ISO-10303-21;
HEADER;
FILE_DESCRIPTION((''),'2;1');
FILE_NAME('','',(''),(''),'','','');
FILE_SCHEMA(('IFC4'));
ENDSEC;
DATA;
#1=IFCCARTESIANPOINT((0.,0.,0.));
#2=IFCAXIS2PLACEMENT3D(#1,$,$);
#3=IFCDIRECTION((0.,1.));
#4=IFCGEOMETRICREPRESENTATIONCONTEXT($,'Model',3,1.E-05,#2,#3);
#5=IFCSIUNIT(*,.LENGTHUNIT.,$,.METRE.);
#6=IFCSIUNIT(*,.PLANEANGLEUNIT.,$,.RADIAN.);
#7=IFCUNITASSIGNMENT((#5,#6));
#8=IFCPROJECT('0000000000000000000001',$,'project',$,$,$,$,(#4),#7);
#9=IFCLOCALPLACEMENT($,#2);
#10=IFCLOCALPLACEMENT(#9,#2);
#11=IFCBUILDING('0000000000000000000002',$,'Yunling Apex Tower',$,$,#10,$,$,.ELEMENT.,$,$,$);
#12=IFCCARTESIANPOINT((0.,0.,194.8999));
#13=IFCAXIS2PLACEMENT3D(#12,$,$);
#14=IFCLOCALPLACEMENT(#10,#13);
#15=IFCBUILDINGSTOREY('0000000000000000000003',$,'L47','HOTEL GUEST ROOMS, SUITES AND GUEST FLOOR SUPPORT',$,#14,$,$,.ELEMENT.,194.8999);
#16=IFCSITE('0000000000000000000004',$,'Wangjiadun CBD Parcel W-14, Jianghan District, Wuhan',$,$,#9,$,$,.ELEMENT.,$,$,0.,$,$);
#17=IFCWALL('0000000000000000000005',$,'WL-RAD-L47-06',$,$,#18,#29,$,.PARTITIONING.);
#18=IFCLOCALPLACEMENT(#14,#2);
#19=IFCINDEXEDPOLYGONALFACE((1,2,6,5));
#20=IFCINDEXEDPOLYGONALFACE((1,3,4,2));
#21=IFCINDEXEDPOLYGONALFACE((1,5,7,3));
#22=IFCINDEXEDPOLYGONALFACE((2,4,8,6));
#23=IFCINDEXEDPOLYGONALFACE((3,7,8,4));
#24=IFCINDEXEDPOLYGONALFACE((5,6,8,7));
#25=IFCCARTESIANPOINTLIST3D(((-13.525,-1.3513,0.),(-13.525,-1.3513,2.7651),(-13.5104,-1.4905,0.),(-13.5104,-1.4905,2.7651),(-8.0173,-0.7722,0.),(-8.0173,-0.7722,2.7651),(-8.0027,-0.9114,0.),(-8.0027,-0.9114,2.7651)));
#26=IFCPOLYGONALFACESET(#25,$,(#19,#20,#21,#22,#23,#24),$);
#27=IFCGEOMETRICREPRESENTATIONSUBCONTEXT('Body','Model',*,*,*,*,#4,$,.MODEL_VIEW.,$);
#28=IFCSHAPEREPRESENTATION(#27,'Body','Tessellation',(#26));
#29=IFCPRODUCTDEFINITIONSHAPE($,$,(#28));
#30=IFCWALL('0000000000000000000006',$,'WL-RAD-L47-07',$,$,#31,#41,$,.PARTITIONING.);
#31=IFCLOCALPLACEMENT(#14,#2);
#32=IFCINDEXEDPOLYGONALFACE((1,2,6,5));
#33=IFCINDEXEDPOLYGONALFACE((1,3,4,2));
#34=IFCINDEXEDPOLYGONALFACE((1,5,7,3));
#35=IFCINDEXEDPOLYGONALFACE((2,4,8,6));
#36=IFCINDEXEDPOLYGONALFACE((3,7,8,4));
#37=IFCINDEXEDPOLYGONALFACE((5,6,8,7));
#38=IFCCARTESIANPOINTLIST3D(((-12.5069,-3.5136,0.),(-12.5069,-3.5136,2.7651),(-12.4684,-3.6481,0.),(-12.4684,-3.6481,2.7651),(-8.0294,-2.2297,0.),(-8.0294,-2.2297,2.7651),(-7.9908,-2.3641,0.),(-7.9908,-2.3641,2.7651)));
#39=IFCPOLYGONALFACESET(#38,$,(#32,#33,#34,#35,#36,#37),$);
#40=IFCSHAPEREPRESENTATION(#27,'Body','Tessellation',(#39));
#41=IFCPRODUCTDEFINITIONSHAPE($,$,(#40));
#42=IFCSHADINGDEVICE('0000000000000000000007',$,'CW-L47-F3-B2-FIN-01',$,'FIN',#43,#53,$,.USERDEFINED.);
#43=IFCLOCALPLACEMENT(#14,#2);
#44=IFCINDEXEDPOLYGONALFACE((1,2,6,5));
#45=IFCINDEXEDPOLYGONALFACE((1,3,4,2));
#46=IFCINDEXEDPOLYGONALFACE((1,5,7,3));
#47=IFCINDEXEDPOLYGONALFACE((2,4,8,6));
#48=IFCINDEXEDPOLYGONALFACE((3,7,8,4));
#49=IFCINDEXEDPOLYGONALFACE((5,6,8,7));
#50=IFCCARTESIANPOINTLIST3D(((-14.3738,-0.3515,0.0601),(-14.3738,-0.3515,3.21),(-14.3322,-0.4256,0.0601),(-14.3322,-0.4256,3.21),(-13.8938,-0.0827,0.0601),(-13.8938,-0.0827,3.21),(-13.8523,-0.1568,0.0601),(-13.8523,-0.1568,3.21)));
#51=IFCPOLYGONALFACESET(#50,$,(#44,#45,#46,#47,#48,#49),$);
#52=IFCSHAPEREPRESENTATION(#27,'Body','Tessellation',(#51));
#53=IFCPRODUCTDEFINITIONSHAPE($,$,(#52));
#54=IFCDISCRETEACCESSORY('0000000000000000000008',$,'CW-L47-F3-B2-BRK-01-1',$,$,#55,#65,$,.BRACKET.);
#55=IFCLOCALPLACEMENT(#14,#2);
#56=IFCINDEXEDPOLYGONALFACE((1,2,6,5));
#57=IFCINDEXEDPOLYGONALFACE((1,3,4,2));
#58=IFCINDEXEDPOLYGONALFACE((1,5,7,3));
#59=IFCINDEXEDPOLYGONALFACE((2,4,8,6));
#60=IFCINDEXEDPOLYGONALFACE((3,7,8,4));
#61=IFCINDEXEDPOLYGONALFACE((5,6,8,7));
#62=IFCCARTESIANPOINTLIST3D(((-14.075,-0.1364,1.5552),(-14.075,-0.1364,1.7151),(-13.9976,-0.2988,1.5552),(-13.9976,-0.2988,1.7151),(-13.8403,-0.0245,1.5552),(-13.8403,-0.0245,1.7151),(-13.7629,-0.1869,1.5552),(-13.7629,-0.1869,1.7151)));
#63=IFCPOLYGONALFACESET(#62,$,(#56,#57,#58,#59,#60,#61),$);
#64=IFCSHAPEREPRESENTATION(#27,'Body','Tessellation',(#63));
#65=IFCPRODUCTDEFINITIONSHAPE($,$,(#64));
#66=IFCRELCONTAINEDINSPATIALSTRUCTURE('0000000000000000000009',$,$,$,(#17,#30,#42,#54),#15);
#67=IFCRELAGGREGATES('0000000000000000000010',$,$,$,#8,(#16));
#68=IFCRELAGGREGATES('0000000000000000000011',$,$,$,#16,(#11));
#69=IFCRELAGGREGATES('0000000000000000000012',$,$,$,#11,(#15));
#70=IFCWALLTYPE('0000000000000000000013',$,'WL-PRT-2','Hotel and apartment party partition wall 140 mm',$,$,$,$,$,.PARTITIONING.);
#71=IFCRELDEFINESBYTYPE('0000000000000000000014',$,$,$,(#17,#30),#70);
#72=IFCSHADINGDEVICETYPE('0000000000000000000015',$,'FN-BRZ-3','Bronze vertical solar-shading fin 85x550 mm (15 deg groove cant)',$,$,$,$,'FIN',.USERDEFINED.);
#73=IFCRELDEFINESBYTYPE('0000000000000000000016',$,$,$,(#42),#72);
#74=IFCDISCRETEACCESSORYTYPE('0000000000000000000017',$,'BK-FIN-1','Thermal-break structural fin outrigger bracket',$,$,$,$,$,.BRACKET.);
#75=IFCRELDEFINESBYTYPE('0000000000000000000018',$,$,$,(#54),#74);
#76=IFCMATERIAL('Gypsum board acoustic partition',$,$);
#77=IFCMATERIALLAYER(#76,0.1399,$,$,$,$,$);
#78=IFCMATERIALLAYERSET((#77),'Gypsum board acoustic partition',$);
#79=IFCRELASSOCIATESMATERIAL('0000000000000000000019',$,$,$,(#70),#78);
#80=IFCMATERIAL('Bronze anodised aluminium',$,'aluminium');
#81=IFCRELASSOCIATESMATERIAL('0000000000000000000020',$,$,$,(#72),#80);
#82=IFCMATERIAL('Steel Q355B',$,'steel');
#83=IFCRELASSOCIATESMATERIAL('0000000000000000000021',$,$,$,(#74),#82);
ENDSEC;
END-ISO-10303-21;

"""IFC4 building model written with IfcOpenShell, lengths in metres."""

from ifc_helpers import new_model, si_unit, direction, frame, frame_2d, origin, origin_2d, place, context, subcontext, project, spatial, rectangle, extrude, source, transform, mapped, material, layer, layer_set, material_profile, profile_set, type_object, element, save


model = new_model("IFC4")

# Units and contexts
model_context = context("Model", 3, precision=1e-05, world=origin(), true_north=direction((0.0, 1.0)))
body_context = subcontext(model_context, "Body", "Model", "MODEL_VIEW")
ifc_project = project(units=[si_unit("LENGTHUNIT", "METRE"), si_unit("PLANEANGLEUNIT", "RADIAN")], contexts=[model_context])

# Site, building, storey
site_placement = place(None, origin())
site = spatial("IfcSite", under=ifc_project, at=site_placement, Name="Wangjiadun CBD Parcel W-14, Jianghan District, Wuhan", CompositionType="ELEMENT", RefElevation=0.0)
building_placement = place(site_placement, origin())
building = spatial("IfcBuilding", under=site, at=building_placement, Name="Yunling Apex Tower", CompositionType="ELEMENT")
storey_placement = place(building_placement, frame((0.0, 0.0, 194.8999)))
storey = spatial("IfcBuildingStorey", under=building, at=storey_placement, Name="L47", Description="HOTEL GUEST ROOMS, SUITES AND GUEST FLOOR SUPPORT", CompositionType="ELEMENT", Elevation=194.8999)

# Shared definitions
ifc_material_1 = material(Name="Steel Q355B", Category="steel")

# Shared definitions
ifc_material_2 = material(Name="Bronze anodised aluminium", Category="aluminium")

# Walls
ifc_material_3 = material(Name="Gypsum board acoustic partition")
ifc_layer_1 = layer(ifc_material_3, 0.1399)
ifc_layer_set_1 = layer_set([ifc_layer_1], Name="Gypsum board acoustic partition")
wall_type_1 = type_object("IfcWallType", Name="WL-PRT-2", Description="Hotel and apartment party partition wall 140 mm", PredefinedType="PARTITIONING", material=ifc_layer_set_1)
wall_1_placement = place(storey_placement, frame((-8.01, -0.8418, 0.0), z_axis=(0.0, 0.0, 1.0), x_axis=(-0.994518, -0.104565, 0.0)))
element("IfcWall", 1, at=wall_1_placement, inside=storey, type_object=wall_type_1, Name="WL-RAD-L47-06", PredefinedType="PARTITIONING", context=body_context, shape_type="SweptSolid", body=[
    extrude(rectangle(XDim=5.5381, YDim=0.1399, at=frame_2d((2.769, 0.0))), origin(), (0.0, 0.0, 1.0), 2.7651),
])
wall_2_placement = place(storey_placement, frame((-8.01, -2.2969, 0.0), z_axis=(0.0, 0.0, 1.0), x_axis=(-0.96126, -0.275642, 0.0)))
element("IfcWall", 2, at=wall_2_placement, inside=storey, type_object=wall_type_1, Name="WL-RAD-L47-07", PredefinedType="PARTITIONING", context=body_context, shape_type="SweptSolid", body=[
    extrude(rectangle(XDim=4.658, YDim=0.1399, at=frame_2d((2.3291, 0.0))), origin(), (0.0, 0.0, 1.0), 2.7651),
])

# Shading device
ifc_material_profile_1 = material_profile(ifc_material_2, rectangle(XDim=0.085, YDim=0.55, at=origin_2d()))
ifc_profile_set_1 = profile_set([ifc_material_profile_1], Name="Bronze anodised aluminium")
shading_device_type = type_object("IfcShadingDeviceType", Name="FN-BRZ-3", Description="Bronze vertical solar-shading fin 85x550 mm (15 deg groove cant)", ElementType="FIN", PredefinedType="USERDEFINED", material=ifc_profile_set_1)
shared_shape_1 = source(origin(), body_context, "Body", "SweptSolid", [
    extrude(rectangle(XDim=0.085, YDim=0.55, at=origin_2d()), origin(), (0.0, 0.0, 1.0), 3.1499),
])
shading_device_placement = place(storey_placement, frame((-14.113, -0.2542, 0.0601), z_axis=(0.0, 0.0, 1.0), x_axis=(0.488621, -0.872496, 0.0)))
element("IfcShadingDevice", 3, at=shading_device_placement, inside=storey, type_object=shading_device_type, Name="CW-L47-F3-B2-FIN-01", ObjectType="FIN", PredefinedType="USERDEFINED", context=body_context, shape_type="MappedRepresentation", body=[
    mapped(shared_shape_1, transform((0.0, 0.0, 0.0), scale=1.0)),
])

# Discrete accessory
discrete_accessory_type = type_object("IfcDiscreteAccessoryType", Name="BK-FIN-1", Description="Thermal-break structural fin outrigger bracket", PredefinedType="BRACKET", material=ifc_material_1)
shared_shape_2 = source(origin(), body_context, "Body", "SweptSolid", [
    extrude(rectangle(XDim=0.1799, YDim=0.26, at=origin_2d()), origin(), (0.0, 0.0, 1.0), 0.1599),
])
discrete_accessory_placement = place(storey_placement, frame((-13.9189, -0.1616, 1.5552), z_axis=(0.0, 0.0, 1.0), x_axis=(0.430511, -0.902585, 0.0)))
element("IfcDiscreteAccessory", 4, at=discrete_accessory_placement, inside=storey, type_object=discrete_accessory_type, Name="CW-L47-F3-B2-BRK-01-1", PredefinedType="BRACKET", context=body_context, shape_type="MappedRepresentation", body=[
    mapped(shared_shape_2, transform((0.0, 0.0, 0.0), scale=1.0)),
])

save(model, "model.ifc")
